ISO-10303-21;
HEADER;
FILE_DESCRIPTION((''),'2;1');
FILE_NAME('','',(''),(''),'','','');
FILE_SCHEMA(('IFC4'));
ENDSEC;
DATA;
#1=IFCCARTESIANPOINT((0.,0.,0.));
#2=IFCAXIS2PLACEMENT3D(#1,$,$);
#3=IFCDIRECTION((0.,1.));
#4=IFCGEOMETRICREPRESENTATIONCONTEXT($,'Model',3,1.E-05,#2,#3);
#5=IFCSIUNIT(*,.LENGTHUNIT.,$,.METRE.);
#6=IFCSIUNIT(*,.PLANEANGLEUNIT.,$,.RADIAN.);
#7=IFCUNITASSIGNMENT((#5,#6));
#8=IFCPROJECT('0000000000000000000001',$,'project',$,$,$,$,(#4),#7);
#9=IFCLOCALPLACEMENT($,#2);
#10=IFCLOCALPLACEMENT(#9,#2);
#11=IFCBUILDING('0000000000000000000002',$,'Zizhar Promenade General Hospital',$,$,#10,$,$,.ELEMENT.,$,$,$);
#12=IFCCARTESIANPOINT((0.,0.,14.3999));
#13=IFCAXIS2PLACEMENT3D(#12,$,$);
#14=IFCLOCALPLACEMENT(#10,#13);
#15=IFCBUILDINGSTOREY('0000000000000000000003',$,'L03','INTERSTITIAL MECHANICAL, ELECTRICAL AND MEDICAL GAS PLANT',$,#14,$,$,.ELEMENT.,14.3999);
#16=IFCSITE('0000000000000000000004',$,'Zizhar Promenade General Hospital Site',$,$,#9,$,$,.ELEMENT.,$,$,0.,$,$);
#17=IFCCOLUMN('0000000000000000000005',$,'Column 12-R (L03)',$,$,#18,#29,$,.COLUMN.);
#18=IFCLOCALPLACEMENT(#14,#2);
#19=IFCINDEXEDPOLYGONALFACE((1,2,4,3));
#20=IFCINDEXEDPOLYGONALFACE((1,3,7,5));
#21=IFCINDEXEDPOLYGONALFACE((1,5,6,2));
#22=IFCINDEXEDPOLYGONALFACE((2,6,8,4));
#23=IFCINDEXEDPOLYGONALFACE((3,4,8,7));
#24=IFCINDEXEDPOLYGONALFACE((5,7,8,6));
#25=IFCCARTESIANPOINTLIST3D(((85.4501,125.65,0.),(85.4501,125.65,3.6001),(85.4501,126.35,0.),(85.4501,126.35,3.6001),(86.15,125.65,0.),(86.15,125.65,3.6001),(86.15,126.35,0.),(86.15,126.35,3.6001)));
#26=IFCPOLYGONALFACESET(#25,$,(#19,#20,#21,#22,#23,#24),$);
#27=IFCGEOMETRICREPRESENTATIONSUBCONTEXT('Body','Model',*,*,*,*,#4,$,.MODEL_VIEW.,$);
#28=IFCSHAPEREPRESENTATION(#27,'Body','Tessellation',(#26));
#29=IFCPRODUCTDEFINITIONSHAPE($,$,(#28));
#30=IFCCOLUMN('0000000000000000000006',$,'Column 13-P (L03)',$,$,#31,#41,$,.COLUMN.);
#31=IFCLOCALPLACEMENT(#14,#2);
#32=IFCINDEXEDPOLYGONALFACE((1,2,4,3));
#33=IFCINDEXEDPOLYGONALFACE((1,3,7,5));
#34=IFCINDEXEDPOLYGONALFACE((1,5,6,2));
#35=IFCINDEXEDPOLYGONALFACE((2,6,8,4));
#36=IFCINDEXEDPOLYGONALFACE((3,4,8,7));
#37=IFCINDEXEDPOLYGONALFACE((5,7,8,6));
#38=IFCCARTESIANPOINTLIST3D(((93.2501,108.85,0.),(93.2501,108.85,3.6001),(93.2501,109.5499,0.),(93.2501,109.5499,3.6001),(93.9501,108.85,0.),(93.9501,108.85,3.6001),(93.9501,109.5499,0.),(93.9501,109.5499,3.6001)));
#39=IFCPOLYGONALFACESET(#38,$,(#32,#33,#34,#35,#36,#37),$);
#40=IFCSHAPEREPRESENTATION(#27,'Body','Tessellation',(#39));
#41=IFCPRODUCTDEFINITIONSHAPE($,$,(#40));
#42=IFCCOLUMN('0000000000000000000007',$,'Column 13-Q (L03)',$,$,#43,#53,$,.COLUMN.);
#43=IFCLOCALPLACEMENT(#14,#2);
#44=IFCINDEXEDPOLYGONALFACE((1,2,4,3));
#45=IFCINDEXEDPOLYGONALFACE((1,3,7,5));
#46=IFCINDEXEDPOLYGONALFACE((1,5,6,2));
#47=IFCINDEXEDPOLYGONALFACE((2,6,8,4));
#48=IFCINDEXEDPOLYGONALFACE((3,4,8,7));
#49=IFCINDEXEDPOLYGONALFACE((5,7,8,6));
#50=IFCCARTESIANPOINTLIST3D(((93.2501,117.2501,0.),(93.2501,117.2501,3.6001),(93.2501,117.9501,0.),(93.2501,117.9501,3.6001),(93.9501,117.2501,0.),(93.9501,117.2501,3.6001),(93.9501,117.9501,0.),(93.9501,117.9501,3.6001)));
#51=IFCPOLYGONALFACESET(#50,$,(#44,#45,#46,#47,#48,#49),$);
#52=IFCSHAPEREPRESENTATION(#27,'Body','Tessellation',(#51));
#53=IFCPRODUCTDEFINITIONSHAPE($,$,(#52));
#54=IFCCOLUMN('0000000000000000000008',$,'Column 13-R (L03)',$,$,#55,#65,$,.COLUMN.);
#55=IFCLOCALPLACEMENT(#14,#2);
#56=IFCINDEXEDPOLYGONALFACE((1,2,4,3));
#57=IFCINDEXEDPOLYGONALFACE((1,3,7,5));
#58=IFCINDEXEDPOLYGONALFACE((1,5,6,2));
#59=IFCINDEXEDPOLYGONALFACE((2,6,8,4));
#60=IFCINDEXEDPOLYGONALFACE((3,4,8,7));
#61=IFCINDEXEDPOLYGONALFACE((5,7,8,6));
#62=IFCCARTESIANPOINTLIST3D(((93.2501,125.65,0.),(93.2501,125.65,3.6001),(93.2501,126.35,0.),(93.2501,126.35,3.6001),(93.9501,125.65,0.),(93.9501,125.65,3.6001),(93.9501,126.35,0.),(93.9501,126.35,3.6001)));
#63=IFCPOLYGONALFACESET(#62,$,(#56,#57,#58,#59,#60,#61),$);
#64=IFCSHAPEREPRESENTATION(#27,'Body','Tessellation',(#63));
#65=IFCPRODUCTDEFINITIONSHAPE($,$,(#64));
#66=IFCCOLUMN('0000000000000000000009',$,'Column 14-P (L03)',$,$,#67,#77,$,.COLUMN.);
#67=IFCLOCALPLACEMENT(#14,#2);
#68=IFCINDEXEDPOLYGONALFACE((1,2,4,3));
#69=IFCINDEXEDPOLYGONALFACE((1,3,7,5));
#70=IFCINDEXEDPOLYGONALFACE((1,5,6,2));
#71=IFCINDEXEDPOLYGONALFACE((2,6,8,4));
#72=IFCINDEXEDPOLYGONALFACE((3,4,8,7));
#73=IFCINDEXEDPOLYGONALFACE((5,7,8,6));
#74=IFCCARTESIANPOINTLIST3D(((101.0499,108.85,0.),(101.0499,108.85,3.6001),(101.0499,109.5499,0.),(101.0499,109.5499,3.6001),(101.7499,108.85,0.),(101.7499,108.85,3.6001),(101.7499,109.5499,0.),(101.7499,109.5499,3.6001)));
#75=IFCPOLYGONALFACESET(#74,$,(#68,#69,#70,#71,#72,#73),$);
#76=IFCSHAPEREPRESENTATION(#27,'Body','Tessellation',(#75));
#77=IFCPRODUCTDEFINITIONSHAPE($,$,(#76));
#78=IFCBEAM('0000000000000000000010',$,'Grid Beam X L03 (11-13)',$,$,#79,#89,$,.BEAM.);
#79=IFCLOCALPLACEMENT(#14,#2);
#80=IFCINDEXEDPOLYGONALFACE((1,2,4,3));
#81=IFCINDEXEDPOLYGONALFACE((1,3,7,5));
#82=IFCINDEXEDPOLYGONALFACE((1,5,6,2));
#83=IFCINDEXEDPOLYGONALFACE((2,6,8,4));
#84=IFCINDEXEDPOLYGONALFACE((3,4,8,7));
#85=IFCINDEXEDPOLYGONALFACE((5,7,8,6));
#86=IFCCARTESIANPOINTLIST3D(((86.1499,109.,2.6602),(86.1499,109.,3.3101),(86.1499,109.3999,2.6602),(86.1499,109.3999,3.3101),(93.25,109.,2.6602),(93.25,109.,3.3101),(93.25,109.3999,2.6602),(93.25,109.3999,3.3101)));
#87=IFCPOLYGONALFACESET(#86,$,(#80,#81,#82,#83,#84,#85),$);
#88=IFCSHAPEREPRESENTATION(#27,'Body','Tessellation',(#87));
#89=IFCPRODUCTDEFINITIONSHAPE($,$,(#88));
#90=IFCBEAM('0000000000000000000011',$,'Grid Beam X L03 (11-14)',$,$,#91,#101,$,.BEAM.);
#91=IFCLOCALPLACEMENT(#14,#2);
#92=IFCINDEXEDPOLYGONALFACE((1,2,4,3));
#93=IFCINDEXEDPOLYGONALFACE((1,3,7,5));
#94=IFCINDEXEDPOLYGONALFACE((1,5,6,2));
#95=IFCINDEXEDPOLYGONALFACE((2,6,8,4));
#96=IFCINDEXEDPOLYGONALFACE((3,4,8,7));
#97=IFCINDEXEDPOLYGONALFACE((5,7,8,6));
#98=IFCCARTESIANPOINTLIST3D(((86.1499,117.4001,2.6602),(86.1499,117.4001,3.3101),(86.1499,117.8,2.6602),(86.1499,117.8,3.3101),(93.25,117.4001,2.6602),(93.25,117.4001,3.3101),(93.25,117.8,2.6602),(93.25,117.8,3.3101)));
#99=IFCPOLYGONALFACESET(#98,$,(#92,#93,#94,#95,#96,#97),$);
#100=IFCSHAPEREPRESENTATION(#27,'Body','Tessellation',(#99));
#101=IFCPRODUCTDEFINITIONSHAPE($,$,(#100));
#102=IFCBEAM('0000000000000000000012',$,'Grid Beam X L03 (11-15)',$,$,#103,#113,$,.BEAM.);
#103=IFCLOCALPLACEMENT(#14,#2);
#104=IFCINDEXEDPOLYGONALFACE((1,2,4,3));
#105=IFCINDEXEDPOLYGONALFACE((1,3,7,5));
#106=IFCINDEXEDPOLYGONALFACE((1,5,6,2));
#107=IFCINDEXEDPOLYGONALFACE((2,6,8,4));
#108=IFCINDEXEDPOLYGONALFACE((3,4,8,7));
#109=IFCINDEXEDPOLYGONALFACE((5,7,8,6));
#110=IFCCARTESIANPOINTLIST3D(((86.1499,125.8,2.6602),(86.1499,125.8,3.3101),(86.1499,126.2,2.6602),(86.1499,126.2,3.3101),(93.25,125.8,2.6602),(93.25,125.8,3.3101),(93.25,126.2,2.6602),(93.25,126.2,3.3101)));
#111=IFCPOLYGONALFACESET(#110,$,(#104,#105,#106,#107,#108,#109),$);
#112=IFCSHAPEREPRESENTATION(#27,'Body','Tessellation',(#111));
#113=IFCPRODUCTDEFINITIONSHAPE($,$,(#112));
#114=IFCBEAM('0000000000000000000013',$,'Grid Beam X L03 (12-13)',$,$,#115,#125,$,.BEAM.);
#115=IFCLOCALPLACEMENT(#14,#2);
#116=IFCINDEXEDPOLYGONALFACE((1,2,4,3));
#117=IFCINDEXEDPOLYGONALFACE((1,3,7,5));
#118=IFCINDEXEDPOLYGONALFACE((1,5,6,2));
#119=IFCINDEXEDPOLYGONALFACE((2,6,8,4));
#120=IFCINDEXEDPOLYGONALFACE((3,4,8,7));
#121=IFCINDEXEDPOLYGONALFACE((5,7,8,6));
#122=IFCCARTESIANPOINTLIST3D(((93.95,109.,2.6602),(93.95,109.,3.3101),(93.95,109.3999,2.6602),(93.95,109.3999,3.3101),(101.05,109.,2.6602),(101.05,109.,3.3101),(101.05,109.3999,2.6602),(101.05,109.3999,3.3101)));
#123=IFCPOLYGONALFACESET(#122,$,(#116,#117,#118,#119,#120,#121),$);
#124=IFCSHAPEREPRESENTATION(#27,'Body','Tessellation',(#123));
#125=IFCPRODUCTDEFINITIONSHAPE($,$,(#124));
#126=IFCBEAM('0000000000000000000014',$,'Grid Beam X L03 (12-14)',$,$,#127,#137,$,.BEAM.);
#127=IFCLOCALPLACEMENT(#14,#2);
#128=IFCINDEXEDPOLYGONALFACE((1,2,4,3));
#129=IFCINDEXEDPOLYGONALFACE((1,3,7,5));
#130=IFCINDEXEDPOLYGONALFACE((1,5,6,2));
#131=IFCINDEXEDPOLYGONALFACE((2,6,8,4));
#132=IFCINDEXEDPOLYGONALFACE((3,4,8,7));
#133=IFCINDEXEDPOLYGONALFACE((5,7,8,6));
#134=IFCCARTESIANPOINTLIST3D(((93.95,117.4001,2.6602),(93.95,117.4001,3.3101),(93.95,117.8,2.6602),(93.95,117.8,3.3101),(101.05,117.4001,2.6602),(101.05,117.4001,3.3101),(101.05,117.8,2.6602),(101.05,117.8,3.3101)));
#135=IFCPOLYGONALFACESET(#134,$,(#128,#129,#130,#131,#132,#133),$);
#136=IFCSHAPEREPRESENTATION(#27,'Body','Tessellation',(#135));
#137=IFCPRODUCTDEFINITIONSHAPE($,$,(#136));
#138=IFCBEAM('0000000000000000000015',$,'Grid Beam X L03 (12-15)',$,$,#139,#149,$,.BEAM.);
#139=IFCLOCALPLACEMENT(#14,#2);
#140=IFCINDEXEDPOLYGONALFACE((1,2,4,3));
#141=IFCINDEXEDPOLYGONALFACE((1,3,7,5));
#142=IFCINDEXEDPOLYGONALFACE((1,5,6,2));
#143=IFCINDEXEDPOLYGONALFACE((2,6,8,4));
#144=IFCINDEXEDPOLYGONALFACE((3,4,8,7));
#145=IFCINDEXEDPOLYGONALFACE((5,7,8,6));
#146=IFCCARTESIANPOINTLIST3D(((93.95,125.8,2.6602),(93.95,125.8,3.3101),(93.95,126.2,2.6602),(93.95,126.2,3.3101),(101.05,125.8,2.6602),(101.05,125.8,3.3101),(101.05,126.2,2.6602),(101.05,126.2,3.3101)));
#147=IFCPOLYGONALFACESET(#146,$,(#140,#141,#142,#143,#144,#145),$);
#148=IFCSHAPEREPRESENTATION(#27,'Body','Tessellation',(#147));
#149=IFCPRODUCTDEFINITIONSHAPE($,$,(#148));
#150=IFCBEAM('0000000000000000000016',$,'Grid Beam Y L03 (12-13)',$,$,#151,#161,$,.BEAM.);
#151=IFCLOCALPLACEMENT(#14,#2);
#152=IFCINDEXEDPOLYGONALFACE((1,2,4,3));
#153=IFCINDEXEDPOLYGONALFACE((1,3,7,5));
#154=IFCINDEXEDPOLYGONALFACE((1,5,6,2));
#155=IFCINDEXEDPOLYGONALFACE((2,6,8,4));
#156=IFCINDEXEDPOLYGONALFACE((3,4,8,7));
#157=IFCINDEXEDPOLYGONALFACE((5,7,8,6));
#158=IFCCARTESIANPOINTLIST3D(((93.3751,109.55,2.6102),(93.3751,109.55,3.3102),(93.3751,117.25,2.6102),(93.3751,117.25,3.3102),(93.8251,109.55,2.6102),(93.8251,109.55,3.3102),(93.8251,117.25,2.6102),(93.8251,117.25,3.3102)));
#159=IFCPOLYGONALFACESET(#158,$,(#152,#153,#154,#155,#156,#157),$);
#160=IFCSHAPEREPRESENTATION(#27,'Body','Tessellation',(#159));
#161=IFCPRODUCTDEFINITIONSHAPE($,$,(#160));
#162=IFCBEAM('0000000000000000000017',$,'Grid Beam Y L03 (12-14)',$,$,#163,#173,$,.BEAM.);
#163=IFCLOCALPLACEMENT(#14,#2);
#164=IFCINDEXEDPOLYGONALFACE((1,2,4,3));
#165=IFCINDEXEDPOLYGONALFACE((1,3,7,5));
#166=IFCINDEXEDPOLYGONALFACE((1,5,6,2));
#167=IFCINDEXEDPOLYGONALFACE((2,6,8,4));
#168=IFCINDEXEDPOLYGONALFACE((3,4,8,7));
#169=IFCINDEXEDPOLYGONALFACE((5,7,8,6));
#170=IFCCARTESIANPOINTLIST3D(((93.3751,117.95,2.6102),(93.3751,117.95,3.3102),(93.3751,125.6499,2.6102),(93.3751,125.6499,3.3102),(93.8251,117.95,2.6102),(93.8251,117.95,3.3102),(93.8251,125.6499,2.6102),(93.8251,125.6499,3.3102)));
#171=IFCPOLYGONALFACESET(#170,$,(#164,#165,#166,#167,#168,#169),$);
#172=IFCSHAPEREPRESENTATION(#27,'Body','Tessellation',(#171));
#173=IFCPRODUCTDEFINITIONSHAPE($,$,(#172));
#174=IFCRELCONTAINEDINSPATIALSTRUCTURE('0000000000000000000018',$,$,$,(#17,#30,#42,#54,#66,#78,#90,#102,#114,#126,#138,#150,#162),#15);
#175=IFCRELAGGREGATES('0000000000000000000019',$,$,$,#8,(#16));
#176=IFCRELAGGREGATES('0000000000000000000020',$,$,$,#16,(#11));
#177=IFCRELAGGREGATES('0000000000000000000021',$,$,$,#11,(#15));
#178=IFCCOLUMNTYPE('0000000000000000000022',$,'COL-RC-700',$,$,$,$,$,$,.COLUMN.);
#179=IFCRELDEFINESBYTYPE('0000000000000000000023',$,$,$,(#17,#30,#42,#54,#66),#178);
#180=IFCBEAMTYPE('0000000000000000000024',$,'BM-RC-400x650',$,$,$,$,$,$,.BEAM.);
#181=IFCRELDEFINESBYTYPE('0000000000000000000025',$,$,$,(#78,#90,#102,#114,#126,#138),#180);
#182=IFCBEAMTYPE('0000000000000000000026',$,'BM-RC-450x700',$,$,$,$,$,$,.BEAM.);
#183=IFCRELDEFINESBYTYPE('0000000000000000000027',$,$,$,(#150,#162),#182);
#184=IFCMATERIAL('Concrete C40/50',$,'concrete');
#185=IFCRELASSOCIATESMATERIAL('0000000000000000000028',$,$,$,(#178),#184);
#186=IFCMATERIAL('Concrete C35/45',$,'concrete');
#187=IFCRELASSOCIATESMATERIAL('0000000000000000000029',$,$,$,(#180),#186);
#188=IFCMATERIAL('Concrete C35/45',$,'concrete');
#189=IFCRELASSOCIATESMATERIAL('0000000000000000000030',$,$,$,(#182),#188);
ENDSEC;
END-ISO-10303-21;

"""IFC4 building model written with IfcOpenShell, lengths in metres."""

from ifc_helpers import new_model, si_unit, direction, frame, origin, origin_2d, place, context, subcontext, project, spatial, rectangle, extrude, material, material_profile, profile_set, type_object, element, save


model = new_model("IFC4")

# Units and contexts
model_context = context("Model", 3, precision=1e-05, world=origin(), true_north=direction((0.0, 1.0)))
body_context = subcontext(model_context, "Body", "Model", "MODEL_VIEW")
ifc_project = project(units=[si_unit("LENGTHUNIT", "METRE"), si_unit("PLANEANGLEUNIT", "RADIAN")], contexts=[model_context])

# Site, building, storey
site_placement = place(None, origin())
site = spatial("IfcSite", under=ifc_project, at=site_placement, Name="Zizhar Promenade General Hospital Site", CompositionType="ELEMENT", RefElevation=0.0)
building_placement = place(site_placement, origin())
building = spatial("IfcBuilding", under=site, at=building_placement, Name="Zizhar Promenade General Hospital", CompositionType="ELEMENT")
storey_placement = place(building_placement, frame((0.0, 0.0, 14.3999)))
storey = spatial("IfcBuildingStorey", under=building, at=storey_placement, Name="L03", Description="INTERSTITIAL MECHANICAL, ELECTRICAL AND MEDICAL GAS PLANT", CompositionType="ELEMENT", Elevation=14.3999)

# Columns
ifc_material_1 = material(Name="Concrete C40/50", Category="concrete")
ifc_material_profile_1 = material_profile(ifc_material_1, rectangle(XDim=0.7, YDim=0.7, at=origin_2d()))
ifc_profile_set_1 = profile_set([ifc_material_profile_1], Name="Concrete C40/50")
column_type = type_object("IfcColumnType", Name="COL-RC-700", PredefinedType="COLUMN", material=ifc_profile_set_1)
for number, where, z_axis, x_axis, name in (
    (1, (85.8, 126.0, 0.0), (0.0, 0.0, 1.0), (1.0, 0.0, 0.0), "Column 12-R (L03)"),
    (2, (93.6001, 109.2, 0.0), (0.0, 0.0, 1.0), (1.0, 0.0, 0.0), "Column 13-P (L03)"),
    (3, (93.6001, 117.6001, 0.0), (0.0, 0.0, 1.0), (1.0, 0.0, 0.0), "Column 13-Q (L03)"),
    (4, (93.6001, 126.0, 0.0), (0.0, 0.0, 1.0), (1.0, 0.0, 0.0), "Column 13-R (L03)"),
    (5, (101.3999, 109.2, 0.0), (0.0, 0.0, 1.0), (1.0, 0.0, 0.0), "Column 14-P (L03)"),
):
    element("IfcColumn", number, at=place(storey_placement, frame(where, z_axis=z_axis, x_axis=x_axis)), inside=storey, type_object=column_type, Name=name, PredefinedType="COLUMN", context=body_context, shape_type="SweptSolid", body=[
        extrude(rectangle(XDim=0.7, YDim=0.7, at=origin_2d()), origin(), (0.0, 0.0, 1.0), 3.6001),
    ])

# Beams
ifc_material_2 = material(Name="Concrete C35/45", Category="concrete")
ifc_material_profile_2 = material_profile(ifc_material_2, rectangle(XDim=0.3999, YDim=0.6499, at=origin_2d()))
ifc_profile_set_2 = profile_set([ifc_material_profile_2], Name="Concrete C35/45")
beam_type_1 = type_object("IfcBeamType", Name="BM-RC-400x650", PredefinedType="BEAM", material=ifc_profile_set_2)
for number, where, z_axis, x_axis, name in (
    (6, (86.1499, 109.2, 2.9851), (1.0, 0.0, 0.0), (0.0, 1.0, 0.0), "Grid Beam X L03 (11-13)"),
    (7, (86.1499, 117.6001, 2.9851), (1.0, 0.0, 0.0), (0.0, 1.0, 0.0), "Grid Beam X L03 (11-14)"),
    (8, (86.1499, 126.0, 2.9851), (1.0, 0.0, 0.0), (0.0, 1.0, 0.0), "Grid Beam X L03 (11-15)"),
    (9, (93.95, 109.2, 2.9851), (1.0, 0.0, 0.0), (0.0, 1.0, 0.0), "Grid Beam X L03 (12-13)"),
    (10, (93.95, 117.6001, 2.9851), (1.0, 0.0, 0.0), (0.0, 1.0, 0.0), "Grid Beam X L03 (12-14)"),
    (11, (93.95, 126.0, 2.9851), (1.0, 0.0, 0.0), (0.0, 1.0, 0.0), "Grid Beam X L03 (12-15)"),
):
    element("IfcBeam", number, at=place(storey_placement, frame(where, z_axis=z_axis, x_axis=x_axis)), inside=storey, type_object=beam_type_1, Name=name, PredefinedType="BEAM", context=body_context, shape_type="SweptSolid", body=[
        extrude(rectangle(XDim=0.3999, YDim=0.6499, at=origin_2d()), origin(), (0.0, 0.0, 1.0), 7.1001),
    ])
ifc_material_3 = material(Name="Concrete C35/45", Category="concrete")
ifc_material_profile_3 = material_profile(ifc_material_3, rectangle(XDim=0.45, YDim=0.7, at=origin_2d()))
ifc_profile_set_3 = profile_set([ifc_material_profile_3], Name="Concrete C35/45")
beam_type_2 = type_object("IfcBeamType", Name="BM-RC-450x700", PredefinedType="BEAM", material=ifc_profile_set_3)
for number, where, z_axis, x_axis, name in (
    (12, (93.6001, 109.55, 2.9602), (0.0, 1.0, 0.0), (-1.0, 0.0, 0.0), "Grid Beam Y L03 (12-13)"),
    (13, (93.6001, 117.95, 2.9602), (0.0, 1.0, 0.0), (-1.0, 0.0, 0.0), "Grid Beam Y L03 (12-14)"),
):
    element("IfcBeam", number, at=place(storey_placement, frame(where, z_axis=z_axis, x_axis=x_axis)), inside=storey, type_object=beam_type_2, Name=name, PredefinedType="BEAM", context=body_context, shape_type="SweptSolid", body=[
        extrude(rectangle(XDim=0.45, YDim=0.7, at=origin_2d()), origin(), (0.0, 0.0, 1.0), 7.7),
    ])

save(model, "model.ifc")
